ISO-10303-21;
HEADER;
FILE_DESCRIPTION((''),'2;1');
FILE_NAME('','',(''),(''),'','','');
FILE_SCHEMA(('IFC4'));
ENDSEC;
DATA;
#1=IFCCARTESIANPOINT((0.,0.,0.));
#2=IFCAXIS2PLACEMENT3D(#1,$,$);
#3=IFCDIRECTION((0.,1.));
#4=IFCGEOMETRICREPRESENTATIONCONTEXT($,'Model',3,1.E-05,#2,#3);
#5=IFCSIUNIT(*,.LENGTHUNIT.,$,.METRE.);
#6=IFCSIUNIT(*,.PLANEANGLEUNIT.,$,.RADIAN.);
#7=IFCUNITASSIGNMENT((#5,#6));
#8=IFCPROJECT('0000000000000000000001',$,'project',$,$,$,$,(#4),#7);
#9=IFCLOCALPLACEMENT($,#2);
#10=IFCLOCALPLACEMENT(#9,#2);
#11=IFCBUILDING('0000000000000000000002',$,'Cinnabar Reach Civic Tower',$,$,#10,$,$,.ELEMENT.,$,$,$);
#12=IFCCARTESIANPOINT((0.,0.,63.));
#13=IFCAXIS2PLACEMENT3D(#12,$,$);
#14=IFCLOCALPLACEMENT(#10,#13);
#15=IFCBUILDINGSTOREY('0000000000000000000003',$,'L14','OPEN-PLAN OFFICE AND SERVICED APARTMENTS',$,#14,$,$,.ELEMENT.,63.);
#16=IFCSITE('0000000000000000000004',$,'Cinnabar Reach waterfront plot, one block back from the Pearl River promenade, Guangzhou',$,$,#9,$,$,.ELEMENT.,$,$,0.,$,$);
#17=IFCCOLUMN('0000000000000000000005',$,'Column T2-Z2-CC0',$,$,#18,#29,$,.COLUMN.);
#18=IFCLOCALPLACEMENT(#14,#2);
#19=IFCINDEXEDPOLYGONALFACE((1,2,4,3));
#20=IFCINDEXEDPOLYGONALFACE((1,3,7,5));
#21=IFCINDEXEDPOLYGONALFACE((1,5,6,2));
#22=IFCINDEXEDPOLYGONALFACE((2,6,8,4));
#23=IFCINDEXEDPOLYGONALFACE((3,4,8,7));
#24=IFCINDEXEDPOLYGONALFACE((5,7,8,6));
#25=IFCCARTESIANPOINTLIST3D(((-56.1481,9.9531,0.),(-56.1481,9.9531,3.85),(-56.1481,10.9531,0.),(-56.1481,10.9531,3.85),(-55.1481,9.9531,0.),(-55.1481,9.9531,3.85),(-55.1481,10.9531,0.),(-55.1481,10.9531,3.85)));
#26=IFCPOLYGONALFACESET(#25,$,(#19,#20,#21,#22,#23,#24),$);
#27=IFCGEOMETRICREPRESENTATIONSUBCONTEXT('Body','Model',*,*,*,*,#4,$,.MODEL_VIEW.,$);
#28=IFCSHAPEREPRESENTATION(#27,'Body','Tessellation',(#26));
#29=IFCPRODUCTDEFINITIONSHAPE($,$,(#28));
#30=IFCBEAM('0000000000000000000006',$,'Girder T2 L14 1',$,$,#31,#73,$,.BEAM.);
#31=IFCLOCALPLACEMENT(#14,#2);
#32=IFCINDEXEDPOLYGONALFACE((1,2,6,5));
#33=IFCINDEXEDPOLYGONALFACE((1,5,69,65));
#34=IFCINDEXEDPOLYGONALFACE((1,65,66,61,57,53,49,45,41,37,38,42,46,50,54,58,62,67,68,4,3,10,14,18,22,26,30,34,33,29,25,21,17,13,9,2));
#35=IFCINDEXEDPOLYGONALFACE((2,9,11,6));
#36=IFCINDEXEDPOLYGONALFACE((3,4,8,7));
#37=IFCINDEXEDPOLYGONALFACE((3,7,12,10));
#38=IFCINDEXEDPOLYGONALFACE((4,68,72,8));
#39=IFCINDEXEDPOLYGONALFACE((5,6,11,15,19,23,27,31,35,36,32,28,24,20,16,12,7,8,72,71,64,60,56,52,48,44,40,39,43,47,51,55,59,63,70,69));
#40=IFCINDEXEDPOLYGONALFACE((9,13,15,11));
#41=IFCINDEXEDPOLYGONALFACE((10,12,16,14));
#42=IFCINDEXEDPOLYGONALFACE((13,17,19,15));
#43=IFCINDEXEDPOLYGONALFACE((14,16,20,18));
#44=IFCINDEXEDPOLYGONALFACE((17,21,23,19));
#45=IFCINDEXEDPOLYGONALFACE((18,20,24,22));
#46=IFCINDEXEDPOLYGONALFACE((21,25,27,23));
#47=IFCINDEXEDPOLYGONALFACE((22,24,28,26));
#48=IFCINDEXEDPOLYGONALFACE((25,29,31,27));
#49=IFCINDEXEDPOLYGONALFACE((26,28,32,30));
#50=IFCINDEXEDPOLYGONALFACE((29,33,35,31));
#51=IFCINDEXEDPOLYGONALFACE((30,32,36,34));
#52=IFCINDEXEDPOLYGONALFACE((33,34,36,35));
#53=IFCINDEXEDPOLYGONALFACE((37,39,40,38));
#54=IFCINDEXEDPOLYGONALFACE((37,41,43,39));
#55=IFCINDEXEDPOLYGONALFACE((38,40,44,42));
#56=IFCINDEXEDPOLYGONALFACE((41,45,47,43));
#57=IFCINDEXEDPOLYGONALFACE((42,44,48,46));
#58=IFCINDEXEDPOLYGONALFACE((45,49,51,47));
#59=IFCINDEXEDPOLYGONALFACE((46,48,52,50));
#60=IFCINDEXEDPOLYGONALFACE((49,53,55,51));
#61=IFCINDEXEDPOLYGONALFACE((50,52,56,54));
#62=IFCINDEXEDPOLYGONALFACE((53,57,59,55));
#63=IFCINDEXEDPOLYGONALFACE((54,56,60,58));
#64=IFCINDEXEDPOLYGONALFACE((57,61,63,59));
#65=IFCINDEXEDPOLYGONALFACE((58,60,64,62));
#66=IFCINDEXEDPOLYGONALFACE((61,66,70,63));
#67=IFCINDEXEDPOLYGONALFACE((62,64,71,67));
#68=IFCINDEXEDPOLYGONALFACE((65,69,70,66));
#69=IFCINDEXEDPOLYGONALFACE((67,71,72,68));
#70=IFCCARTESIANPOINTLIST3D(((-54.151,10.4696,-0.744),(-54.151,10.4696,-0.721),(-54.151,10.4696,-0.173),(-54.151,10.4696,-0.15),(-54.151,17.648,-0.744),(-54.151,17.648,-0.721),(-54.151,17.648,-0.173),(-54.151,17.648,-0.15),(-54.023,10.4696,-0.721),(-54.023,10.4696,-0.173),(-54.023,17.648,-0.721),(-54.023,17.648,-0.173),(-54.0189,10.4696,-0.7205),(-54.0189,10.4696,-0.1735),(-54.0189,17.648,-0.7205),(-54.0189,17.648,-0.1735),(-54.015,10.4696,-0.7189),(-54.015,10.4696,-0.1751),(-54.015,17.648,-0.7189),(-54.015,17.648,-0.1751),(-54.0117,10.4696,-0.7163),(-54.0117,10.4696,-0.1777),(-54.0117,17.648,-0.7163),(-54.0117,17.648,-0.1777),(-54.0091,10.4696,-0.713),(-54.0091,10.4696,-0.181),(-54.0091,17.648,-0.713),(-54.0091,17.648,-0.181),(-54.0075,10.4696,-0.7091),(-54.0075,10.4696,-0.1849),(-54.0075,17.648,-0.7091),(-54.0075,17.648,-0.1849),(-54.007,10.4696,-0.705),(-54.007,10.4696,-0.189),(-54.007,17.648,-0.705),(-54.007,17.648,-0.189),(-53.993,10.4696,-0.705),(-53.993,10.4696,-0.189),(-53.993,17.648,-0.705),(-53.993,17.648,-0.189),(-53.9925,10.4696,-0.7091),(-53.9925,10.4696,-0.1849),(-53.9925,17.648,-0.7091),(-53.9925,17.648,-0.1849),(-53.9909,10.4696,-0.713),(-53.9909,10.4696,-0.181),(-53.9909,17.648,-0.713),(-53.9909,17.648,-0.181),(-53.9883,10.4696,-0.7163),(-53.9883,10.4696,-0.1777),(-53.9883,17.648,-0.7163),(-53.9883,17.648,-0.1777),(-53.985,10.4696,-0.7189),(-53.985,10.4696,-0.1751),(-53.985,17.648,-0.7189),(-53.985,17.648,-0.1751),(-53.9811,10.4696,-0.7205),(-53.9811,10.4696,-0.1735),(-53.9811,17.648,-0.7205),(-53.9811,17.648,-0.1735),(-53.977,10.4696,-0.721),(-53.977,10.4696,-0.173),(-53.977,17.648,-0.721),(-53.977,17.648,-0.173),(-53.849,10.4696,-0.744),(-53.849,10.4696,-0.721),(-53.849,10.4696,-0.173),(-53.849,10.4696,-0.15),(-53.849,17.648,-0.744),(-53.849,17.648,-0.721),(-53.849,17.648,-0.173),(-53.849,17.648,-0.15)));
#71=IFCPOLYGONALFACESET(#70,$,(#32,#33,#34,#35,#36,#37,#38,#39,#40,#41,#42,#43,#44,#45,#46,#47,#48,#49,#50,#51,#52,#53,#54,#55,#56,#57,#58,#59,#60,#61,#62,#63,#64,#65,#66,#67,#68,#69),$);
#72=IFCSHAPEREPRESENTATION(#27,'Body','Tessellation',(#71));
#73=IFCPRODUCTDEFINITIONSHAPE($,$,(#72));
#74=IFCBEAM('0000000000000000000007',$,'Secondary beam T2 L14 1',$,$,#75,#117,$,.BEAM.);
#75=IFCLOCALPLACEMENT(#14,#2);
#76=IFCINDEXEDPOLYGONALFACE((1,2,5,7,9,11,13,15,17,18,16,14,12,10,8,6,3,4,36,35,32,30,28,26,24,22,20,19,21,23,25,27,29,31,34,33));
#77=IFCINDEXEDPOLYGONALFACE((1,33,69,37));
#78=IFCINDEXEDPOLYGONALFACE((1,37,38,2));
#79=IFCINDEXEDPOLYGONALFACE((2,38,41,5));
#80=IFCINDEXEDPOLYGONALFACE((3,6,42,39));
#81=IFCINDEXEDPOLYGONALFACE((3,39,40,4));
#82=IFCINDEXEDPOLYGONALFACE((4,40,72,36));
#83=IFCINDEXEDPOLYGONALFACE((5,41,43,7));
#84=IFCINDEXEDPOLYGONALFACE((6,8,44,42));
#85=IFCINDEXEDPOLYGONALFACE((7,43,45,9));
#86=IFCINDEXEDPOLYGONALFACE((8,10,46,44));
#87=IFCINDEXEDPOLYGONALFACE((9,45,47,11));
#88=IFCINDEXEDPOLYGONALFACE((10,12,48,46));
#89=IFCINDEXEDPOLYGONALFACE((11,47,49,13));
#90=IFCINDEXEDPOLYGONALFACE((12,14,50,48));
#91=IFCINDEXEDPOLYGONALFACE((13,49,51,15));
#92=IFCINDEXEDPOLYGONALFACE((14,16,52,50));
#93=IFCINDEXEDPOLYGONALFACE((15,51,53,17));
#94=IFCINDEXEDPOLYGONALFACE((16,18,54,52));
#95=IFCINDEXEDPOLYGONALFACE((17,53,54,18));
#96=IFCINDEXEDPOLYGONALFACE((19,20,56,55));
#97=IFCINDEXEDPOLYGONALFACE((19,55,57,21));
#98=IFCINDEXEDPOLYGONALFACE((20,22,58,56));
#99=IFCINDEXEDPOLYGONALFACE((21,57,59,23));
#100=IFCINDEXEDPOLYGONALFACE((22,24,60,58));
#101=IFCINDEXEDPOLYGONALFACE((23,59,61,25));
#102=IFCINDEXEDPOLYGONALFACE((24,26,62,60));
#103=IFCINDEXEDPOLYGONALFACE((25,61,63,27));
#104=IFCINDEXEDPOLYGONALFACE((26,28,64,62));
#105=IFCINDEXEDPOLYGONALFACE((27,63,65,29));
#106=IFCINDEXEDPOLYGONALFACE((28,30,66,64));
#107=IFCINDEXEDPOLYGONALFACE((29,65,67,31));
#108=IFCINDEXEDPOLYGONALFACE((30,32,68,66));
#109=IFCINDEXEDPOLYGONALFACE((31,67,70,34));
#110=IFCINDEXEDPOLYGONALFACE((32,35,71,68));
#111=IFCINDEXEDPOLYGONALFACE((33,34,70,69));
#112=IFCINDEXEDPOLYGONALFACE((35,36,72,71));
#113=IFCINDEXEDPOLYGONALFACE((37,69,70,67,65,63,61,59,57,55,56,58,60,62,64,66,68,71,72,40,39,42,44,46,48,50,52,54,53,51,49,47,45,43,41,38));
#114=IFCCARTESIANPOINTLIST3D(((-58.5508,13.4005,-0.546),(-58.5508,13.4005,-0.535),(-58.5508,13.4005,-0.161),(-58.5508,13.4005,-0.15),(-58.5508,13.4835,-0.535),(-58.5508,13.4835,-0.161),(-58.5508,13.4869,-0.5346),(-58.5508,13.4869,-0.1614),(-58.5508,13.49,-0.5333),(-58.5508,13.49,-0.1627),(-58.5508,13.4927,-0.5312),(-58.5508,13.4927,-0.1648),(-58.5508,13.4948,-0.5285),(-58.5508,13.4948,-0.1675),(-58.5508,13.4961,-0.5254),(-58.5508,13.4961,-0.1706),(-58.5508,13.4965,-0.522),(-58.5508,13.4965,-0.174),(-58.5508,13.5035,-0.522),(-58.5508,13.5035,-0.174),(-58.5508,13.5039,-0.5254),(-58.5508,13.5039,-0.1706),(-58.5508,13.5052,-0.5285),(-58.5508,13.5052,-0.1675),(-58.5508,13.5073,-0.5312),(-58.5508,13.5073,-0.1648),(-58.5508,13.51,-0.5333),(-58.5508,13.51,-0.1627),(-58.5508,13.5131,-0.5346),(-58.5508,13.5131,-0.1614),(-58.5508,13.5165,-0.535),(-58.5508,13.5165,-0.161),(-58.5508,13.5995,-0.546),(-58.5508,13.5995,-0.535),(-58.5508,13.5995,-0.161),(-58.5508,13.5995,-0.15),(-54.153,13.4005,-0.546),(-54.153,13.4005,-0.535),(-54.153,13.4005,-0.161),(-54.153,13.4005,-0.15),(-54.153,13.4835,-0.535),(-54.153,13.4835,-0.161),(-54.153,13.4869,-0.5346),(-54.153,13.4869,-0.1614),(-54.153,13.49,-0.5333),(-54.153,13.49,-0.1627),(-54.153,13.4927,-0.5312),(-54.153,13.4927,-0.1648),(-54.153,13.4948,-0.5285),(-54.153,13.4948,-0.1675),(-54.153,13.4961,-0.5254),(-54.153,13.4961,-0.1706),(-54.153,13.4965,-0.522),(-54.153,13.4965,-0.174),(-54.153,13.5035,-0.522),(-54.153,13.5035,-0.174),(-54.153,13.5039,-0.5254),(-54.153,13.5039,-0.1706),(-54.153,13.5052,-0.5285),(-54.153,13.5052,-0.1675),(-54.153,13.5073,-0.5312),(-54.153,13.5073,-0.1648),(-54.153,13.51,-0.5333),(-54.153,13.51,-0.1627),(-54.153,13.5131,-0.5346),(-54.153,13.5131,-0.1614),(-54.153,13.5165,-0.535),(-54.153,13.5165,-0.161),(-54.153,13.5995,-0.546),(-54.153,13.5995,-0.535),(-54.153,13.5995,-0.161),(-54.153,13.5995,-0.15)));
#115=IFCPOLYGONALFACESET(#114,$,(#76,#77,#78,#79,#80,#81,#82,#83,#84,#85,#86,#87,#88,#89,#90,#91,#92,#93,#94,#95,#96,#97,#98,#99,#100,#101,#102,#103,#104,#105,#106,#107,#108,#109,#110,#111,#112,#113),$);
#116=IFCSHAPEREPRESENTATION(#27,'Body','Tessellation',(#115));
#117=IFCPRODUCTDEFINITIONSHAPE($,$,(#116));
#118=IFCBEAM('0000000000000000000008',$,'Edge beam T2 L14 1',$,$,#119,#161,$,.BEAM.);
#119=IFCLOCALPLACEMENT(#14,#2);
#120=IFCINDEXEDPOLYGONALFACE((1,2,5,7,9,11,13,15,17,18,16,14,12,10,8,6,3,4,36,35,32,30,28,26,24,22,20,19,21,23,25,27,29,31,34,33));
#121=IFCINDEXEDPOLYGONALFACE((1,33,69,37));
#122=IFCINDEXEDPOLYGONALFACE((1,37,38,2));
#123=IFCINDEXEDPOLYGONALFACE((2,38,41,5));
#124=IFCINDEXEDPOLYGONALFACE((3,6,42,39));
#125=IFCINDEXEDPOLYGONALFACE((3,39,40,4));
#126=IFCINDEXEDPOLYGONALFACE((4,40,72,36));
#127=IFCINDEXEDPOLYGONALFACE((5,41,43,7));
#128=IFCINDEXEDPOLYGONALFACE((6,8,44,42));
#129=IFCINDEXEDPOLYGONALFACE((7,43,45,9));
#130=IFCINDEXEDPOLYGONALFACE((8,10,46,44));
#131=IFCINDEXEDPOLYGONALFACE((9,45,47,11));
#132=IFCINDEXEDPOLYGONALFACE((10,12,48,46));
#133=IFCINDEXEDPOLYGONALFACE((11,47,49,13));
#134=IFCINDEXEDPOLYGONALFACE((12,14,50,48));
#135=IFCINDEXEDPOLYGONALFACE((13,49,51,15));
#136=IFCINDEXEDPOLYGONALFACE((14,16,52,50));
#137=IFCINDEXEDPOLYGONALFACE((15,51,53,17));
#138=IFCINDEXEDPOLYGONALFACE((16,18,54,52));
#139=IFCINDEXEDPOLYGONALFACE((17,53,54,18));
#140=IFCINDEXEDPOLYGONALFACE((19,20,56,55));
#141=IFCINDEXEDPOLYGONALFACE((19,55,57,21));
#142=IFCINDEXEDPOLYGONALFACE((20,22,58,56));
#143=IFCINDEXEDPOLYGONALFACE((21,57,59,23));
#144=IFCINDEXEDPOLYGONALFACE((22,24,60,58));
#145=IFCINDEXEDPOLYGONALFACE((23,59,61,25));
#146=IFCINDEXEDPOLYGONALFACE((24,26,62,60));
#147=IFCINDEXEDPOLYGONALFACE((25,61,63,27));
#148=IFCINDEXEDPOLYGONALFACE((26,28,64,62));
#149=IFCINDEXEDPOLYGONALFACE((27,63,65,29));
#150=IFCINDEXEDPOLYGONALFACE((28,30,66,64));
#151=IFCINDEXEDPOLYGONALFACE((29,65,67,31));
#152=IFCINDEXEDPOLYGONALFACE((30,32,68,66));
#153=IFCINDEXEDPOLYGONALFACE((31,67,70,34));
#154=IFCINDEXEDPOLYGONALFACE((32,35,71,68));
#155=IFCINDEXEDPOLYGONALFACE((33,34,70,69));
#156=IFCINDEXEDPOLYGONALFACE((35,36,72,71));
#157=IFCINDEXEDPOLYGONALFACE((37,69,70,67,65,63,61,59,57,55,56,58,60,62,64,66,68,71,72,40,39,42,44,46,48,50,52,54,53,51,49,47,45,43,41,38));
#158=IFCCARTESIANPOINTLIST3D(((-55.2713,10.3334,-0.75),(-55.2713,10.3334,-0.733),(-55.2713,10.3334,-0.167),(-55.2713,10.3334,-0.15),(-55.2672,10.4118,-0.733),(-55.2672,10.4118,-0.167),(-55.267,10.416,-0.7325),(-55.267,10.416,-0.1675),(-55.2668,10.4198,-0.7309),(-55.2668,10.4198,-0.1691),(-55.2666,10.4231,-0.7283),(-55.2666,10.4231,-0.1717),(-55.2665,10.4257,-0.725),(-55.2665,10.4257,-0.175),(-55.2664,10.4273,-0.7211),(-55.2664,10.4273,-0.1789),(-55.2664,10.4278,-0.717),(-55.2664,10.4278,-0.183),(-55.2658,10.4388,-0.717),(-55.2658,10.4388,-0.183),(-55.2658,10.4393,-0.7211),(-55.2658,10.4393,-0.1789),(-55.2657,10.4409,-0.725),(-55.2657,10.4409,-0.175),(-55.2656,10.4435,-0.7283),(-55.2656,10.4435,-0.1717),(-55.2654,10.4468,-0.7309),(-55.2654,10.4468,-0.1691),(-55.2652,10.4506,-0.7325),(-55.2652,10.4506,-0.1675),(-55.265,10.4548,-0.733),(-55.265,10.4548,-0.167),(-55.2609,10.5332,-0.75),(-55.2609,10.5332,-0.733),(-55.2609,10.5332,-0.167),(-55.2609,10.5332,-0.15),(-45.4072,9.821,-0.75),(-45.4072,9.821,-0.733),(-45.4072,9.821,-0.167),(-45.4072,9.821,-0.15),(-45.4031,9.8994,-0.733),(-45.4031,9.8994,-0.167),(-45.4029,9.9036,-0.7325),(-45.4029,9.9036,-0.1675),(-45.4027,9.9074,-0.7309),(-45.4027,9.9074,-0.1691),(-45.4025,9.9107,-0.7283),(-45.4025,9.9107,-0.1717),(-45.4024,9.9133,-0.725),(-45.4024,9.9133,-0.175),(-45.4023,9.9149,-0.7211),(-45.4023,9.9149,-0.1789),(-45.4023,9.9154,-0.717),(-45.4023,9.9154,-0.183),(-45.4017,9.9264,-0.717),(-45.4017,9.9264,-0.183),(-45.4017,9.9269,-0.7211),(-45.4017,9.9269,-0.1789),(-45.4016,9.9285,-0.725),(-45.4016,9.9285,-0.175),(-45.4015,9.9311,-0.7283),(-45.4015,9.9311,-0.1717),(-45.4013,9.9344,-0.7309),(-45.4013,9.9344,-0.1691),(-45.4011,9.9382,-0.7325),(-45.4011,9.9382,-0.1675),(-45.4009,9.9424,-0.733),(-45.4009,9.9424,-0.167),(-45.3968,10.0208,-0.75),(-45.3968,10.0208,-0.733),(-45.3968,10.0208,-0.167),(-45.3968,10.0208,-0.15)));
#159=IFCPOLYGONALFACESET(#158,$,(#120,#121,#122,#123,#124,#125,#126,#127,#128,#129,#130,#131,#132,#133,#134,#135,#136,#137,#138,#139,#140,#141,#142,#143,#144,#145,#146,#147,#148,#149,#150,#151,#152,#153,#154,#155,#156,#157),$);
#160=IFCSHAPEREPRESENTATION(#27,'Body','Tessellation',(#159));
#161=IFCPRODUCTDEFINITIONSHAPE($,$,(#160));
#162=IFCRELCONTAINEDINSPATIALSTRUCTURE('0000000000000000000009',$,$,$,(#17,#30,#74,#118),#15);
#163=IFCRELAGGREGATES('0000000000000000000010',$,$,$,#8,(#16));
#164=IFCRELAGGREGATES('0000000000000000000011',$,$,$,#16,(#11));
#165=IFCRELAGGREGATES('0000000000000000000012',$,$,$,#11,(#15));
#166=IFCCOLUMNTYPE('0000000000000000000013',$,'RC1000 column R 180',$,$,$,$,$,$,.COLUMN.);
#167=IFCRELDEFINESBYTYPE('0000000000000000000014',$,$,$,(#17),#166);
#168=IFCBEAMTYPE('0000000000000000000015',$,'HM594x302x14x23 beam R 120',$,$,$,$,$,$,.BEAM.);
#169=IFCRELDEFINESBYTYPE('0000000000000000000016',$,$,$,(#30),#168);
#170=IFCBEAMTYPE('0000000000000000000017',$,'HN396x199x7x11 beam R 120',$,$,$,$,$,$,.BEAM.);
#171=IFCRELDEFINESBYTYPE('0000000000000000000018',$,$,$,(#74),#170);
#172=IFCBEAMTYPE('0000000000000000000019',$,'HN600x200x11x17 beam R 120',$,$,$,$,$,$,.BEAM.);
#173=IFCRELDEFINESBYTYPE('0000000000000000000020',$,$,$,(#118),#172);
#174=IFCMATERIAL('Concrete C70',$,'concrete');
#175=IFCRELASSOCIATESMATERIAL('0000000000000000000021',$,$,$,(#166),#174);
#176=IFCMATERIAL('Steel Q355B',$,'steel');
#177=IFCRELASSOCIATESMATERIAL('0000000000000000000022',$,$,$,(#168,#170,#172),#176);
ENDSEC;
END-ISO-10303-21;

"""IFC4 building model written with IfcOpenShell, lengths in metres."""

from ifc_helpers import new_model, si_unit, direction, frame, origin, origin_2d, place, context, subcontext, project, spatial, rectangle, i_section, extrude, material, material_profile, profile_set, type_object, element, save


model = new_model("IFC4")

# Units and contexts
model_context = context("Model", 3, precision=1e-05, world=origin(), true_north=direction((0.0, 1.0)))
body_context = subcontext(model_context, "Body", "Model", "MODEL_VIEW")
ifc_project = project(units=[si_unit("LENGTHUNIT", "METRE"), si_unit("PLANEANGLEUNIT", "RADIAN")], contexts=[model_context])

# Site, building, storey
site_placement = place(None, origin())
site = spatial("IfcSite", under=ifc_project, at=site_placement, Name="Cinnabar Reach waterfront plot, one block back from the Pearl River promenade, Guangzhou", CompositionType="ELEMENT", RefElevation=0.0)
building_placement = place(site_placement, origin())
building = spatial("IfcBuilding", under=site, at=building_placement, Name="Cinnabar Reach Civic Tower", CompositionType="ELEMENT")
storey_placement = place(building_placement, frame((0.0, 0.0, 63.0)))
storey = spatial("IfcBuildingStorey", under=building, at=storey_placement, Name="L14", Description="OPEN-PLAN OFFICE AND SERVICED APARTMENTS", CompositionType="ELEMENT", Elevation=63.0)

# Column
ifc_material_1 = material(Name="Concrete C70", Category="concrete")
ifc_material_profile_1 = material_profile(ifc_material_1, rectangle(XDim=1.0, YDim=1.0, at=origin_2d()), Name="RC1000")
ifc_profile_set_1 = profile_set([ifc_material_profile_1], Name="Concrete C70")
column_type = type_object("IfcColumnType", Name="RC1000 column R 180", PredefinedType="COLUMN", material=ifc_profile_set_1)
column_placement = place(storey_placement, frame((-55.6481, 10.4531, 0.0), z_axis=(0.0, 0.0, 1.0), x_axis=(1.0, 0.0, 0.0)))
element("IfcColumn", 1, at=column_placement, inside=storey, type_object=column_type, Name="Column T2-Z2-CC0", PredefinedType="COLUMN", context=body_context, shape_type="SweptSolid", body=[
    extrude(rectangle(XDim=1.0, YDim=1.0, at=origin_2d()), origin(), (0.0, 0.0, 1.0), 3.85),
])

# Beams
ifc_material_2 = material(Name="Steel Q355B", Category="steel")
ifc_material_profile_2 = material_profile(ifc_material_2, i_section(OverallWidth=0.302, OverallDepth=0.594, WebThickness=0.014, FlangeThickness=0.023, FilletRadius=0.016, at=origin_2d()), Name="HM594x302x14x23")
ifc_profile_set_2 = profile_set([ifc_material_profile_2], Name="Steel Q355B")
beam_type_1 = type_object("IfcBeamType", Name="HM594x302x14x23 beam R 120", PredefinedType="BEAM", material=ifc_profile_set_2)
beam_1_placement = place(storey_placement, frame((-54.0, 10.4696, -0.447), z_axis=(0.0, 1.0, 0.0), x_axis=(-1.0, 0.0, 0.0)))
element("IfcBeam", 2, at=beam_1_placement, inside=storey, type_object=beam_type_1, Name="Girder T2 L14 1", PredefinedType="BEAM", context=body_context, shape_type="SweptSolid", body=[
    extrude(i_section(OverallWidth=0.302, OverallDepth=0.594, WebThickness=0.014, FlangeThickness=0.023, FilletRadius=0.016, at=origin_2d()), origin(), (0.0, 0.0, 1.0), 7.1784),
])
ifc_material_profile_3 = material_profile(ifc_material_2, i_section(OverallWidth=0.199, OverallDepth=0.396, WebThickness=0.007, FlangeThickness=0.011, FilletRadius=0.013, at=origin_2d()), Name="HN396x199x7x11")
ifc_profile_set_3 = profile_set([ifc_material_profile_3], Name="Steel Q355B")
beam_type_2 = type_object("IfcBeamType", Name="HN396x199x7x11 beam R 120", PredefinedType="BEAM", material=ifc_profile_set_3)
beam_2_placement = place(storey_placement, frame((-58.5508, 13.5, -0.348), z_axis=(1.0, 0.0, 0.0), x_axis=(0.0, 1.0, 0.0)))
element("IfcBeam", 3, at=beam_2_placement, inside=storey, type_object=beam_type_2, Name="Secondary beam T2 L14 1", PredefinedType="BEAM", context=body_context, shape_type="SweptSolid", body=[
    extrude(i_section(OverallWidth=0.199, OverallDepth=0.396, WebThickness=0.007, FlangeThickness=0.011, FilletRadius=0.013, at=origin_2d()), origin(), (0.0, 0.0, 1.0), 4.3978),
])
ifc_material_profile_4 = material_profile(ifc_material_2, i_section(OverallWidth=0.2, OverallDepth=0.6, WebThickness=0.011, FlangeThickness=0.017, FilletRadius=0.016, at=origin_2d()), Name="HN600x200x11x17")
ifc_profile_set_4 = profile_set([ifc_material_profile_4], Name="Steel Q355B")
beam_type_3 = type_object("IfcBeamType", Name="HN600x200x11x17 beam R 120", PredefinedType="BEAM", material=ifc_profile_set_4)
beam_3_placement = place(storey_placement, frame((-55.2661, 10.4333, -0.45), z_axis=(0.998654, -0.051876, 0.0), x_axis=(0.051876, 0.998654, 0.0)))
element("IfcBeam", 4, at=beam_3_placement, inside=storey, type_object=beam_type_3, Name="Edge beam T2 L14 1", PredefinedType="BEAM", context=body_context, shape_type="SweptSolid", body=[
    extrude(i_section(OverallWidth=0.2, OverallDepth=0.6, WebThickness=0.011, FlangeThickness=0.017, FilletRadius=0.016, at=origin_2d()), origin(), (0.0, 0.0, 1.0), 9.8774),
])

save(model, "model.ifc")
